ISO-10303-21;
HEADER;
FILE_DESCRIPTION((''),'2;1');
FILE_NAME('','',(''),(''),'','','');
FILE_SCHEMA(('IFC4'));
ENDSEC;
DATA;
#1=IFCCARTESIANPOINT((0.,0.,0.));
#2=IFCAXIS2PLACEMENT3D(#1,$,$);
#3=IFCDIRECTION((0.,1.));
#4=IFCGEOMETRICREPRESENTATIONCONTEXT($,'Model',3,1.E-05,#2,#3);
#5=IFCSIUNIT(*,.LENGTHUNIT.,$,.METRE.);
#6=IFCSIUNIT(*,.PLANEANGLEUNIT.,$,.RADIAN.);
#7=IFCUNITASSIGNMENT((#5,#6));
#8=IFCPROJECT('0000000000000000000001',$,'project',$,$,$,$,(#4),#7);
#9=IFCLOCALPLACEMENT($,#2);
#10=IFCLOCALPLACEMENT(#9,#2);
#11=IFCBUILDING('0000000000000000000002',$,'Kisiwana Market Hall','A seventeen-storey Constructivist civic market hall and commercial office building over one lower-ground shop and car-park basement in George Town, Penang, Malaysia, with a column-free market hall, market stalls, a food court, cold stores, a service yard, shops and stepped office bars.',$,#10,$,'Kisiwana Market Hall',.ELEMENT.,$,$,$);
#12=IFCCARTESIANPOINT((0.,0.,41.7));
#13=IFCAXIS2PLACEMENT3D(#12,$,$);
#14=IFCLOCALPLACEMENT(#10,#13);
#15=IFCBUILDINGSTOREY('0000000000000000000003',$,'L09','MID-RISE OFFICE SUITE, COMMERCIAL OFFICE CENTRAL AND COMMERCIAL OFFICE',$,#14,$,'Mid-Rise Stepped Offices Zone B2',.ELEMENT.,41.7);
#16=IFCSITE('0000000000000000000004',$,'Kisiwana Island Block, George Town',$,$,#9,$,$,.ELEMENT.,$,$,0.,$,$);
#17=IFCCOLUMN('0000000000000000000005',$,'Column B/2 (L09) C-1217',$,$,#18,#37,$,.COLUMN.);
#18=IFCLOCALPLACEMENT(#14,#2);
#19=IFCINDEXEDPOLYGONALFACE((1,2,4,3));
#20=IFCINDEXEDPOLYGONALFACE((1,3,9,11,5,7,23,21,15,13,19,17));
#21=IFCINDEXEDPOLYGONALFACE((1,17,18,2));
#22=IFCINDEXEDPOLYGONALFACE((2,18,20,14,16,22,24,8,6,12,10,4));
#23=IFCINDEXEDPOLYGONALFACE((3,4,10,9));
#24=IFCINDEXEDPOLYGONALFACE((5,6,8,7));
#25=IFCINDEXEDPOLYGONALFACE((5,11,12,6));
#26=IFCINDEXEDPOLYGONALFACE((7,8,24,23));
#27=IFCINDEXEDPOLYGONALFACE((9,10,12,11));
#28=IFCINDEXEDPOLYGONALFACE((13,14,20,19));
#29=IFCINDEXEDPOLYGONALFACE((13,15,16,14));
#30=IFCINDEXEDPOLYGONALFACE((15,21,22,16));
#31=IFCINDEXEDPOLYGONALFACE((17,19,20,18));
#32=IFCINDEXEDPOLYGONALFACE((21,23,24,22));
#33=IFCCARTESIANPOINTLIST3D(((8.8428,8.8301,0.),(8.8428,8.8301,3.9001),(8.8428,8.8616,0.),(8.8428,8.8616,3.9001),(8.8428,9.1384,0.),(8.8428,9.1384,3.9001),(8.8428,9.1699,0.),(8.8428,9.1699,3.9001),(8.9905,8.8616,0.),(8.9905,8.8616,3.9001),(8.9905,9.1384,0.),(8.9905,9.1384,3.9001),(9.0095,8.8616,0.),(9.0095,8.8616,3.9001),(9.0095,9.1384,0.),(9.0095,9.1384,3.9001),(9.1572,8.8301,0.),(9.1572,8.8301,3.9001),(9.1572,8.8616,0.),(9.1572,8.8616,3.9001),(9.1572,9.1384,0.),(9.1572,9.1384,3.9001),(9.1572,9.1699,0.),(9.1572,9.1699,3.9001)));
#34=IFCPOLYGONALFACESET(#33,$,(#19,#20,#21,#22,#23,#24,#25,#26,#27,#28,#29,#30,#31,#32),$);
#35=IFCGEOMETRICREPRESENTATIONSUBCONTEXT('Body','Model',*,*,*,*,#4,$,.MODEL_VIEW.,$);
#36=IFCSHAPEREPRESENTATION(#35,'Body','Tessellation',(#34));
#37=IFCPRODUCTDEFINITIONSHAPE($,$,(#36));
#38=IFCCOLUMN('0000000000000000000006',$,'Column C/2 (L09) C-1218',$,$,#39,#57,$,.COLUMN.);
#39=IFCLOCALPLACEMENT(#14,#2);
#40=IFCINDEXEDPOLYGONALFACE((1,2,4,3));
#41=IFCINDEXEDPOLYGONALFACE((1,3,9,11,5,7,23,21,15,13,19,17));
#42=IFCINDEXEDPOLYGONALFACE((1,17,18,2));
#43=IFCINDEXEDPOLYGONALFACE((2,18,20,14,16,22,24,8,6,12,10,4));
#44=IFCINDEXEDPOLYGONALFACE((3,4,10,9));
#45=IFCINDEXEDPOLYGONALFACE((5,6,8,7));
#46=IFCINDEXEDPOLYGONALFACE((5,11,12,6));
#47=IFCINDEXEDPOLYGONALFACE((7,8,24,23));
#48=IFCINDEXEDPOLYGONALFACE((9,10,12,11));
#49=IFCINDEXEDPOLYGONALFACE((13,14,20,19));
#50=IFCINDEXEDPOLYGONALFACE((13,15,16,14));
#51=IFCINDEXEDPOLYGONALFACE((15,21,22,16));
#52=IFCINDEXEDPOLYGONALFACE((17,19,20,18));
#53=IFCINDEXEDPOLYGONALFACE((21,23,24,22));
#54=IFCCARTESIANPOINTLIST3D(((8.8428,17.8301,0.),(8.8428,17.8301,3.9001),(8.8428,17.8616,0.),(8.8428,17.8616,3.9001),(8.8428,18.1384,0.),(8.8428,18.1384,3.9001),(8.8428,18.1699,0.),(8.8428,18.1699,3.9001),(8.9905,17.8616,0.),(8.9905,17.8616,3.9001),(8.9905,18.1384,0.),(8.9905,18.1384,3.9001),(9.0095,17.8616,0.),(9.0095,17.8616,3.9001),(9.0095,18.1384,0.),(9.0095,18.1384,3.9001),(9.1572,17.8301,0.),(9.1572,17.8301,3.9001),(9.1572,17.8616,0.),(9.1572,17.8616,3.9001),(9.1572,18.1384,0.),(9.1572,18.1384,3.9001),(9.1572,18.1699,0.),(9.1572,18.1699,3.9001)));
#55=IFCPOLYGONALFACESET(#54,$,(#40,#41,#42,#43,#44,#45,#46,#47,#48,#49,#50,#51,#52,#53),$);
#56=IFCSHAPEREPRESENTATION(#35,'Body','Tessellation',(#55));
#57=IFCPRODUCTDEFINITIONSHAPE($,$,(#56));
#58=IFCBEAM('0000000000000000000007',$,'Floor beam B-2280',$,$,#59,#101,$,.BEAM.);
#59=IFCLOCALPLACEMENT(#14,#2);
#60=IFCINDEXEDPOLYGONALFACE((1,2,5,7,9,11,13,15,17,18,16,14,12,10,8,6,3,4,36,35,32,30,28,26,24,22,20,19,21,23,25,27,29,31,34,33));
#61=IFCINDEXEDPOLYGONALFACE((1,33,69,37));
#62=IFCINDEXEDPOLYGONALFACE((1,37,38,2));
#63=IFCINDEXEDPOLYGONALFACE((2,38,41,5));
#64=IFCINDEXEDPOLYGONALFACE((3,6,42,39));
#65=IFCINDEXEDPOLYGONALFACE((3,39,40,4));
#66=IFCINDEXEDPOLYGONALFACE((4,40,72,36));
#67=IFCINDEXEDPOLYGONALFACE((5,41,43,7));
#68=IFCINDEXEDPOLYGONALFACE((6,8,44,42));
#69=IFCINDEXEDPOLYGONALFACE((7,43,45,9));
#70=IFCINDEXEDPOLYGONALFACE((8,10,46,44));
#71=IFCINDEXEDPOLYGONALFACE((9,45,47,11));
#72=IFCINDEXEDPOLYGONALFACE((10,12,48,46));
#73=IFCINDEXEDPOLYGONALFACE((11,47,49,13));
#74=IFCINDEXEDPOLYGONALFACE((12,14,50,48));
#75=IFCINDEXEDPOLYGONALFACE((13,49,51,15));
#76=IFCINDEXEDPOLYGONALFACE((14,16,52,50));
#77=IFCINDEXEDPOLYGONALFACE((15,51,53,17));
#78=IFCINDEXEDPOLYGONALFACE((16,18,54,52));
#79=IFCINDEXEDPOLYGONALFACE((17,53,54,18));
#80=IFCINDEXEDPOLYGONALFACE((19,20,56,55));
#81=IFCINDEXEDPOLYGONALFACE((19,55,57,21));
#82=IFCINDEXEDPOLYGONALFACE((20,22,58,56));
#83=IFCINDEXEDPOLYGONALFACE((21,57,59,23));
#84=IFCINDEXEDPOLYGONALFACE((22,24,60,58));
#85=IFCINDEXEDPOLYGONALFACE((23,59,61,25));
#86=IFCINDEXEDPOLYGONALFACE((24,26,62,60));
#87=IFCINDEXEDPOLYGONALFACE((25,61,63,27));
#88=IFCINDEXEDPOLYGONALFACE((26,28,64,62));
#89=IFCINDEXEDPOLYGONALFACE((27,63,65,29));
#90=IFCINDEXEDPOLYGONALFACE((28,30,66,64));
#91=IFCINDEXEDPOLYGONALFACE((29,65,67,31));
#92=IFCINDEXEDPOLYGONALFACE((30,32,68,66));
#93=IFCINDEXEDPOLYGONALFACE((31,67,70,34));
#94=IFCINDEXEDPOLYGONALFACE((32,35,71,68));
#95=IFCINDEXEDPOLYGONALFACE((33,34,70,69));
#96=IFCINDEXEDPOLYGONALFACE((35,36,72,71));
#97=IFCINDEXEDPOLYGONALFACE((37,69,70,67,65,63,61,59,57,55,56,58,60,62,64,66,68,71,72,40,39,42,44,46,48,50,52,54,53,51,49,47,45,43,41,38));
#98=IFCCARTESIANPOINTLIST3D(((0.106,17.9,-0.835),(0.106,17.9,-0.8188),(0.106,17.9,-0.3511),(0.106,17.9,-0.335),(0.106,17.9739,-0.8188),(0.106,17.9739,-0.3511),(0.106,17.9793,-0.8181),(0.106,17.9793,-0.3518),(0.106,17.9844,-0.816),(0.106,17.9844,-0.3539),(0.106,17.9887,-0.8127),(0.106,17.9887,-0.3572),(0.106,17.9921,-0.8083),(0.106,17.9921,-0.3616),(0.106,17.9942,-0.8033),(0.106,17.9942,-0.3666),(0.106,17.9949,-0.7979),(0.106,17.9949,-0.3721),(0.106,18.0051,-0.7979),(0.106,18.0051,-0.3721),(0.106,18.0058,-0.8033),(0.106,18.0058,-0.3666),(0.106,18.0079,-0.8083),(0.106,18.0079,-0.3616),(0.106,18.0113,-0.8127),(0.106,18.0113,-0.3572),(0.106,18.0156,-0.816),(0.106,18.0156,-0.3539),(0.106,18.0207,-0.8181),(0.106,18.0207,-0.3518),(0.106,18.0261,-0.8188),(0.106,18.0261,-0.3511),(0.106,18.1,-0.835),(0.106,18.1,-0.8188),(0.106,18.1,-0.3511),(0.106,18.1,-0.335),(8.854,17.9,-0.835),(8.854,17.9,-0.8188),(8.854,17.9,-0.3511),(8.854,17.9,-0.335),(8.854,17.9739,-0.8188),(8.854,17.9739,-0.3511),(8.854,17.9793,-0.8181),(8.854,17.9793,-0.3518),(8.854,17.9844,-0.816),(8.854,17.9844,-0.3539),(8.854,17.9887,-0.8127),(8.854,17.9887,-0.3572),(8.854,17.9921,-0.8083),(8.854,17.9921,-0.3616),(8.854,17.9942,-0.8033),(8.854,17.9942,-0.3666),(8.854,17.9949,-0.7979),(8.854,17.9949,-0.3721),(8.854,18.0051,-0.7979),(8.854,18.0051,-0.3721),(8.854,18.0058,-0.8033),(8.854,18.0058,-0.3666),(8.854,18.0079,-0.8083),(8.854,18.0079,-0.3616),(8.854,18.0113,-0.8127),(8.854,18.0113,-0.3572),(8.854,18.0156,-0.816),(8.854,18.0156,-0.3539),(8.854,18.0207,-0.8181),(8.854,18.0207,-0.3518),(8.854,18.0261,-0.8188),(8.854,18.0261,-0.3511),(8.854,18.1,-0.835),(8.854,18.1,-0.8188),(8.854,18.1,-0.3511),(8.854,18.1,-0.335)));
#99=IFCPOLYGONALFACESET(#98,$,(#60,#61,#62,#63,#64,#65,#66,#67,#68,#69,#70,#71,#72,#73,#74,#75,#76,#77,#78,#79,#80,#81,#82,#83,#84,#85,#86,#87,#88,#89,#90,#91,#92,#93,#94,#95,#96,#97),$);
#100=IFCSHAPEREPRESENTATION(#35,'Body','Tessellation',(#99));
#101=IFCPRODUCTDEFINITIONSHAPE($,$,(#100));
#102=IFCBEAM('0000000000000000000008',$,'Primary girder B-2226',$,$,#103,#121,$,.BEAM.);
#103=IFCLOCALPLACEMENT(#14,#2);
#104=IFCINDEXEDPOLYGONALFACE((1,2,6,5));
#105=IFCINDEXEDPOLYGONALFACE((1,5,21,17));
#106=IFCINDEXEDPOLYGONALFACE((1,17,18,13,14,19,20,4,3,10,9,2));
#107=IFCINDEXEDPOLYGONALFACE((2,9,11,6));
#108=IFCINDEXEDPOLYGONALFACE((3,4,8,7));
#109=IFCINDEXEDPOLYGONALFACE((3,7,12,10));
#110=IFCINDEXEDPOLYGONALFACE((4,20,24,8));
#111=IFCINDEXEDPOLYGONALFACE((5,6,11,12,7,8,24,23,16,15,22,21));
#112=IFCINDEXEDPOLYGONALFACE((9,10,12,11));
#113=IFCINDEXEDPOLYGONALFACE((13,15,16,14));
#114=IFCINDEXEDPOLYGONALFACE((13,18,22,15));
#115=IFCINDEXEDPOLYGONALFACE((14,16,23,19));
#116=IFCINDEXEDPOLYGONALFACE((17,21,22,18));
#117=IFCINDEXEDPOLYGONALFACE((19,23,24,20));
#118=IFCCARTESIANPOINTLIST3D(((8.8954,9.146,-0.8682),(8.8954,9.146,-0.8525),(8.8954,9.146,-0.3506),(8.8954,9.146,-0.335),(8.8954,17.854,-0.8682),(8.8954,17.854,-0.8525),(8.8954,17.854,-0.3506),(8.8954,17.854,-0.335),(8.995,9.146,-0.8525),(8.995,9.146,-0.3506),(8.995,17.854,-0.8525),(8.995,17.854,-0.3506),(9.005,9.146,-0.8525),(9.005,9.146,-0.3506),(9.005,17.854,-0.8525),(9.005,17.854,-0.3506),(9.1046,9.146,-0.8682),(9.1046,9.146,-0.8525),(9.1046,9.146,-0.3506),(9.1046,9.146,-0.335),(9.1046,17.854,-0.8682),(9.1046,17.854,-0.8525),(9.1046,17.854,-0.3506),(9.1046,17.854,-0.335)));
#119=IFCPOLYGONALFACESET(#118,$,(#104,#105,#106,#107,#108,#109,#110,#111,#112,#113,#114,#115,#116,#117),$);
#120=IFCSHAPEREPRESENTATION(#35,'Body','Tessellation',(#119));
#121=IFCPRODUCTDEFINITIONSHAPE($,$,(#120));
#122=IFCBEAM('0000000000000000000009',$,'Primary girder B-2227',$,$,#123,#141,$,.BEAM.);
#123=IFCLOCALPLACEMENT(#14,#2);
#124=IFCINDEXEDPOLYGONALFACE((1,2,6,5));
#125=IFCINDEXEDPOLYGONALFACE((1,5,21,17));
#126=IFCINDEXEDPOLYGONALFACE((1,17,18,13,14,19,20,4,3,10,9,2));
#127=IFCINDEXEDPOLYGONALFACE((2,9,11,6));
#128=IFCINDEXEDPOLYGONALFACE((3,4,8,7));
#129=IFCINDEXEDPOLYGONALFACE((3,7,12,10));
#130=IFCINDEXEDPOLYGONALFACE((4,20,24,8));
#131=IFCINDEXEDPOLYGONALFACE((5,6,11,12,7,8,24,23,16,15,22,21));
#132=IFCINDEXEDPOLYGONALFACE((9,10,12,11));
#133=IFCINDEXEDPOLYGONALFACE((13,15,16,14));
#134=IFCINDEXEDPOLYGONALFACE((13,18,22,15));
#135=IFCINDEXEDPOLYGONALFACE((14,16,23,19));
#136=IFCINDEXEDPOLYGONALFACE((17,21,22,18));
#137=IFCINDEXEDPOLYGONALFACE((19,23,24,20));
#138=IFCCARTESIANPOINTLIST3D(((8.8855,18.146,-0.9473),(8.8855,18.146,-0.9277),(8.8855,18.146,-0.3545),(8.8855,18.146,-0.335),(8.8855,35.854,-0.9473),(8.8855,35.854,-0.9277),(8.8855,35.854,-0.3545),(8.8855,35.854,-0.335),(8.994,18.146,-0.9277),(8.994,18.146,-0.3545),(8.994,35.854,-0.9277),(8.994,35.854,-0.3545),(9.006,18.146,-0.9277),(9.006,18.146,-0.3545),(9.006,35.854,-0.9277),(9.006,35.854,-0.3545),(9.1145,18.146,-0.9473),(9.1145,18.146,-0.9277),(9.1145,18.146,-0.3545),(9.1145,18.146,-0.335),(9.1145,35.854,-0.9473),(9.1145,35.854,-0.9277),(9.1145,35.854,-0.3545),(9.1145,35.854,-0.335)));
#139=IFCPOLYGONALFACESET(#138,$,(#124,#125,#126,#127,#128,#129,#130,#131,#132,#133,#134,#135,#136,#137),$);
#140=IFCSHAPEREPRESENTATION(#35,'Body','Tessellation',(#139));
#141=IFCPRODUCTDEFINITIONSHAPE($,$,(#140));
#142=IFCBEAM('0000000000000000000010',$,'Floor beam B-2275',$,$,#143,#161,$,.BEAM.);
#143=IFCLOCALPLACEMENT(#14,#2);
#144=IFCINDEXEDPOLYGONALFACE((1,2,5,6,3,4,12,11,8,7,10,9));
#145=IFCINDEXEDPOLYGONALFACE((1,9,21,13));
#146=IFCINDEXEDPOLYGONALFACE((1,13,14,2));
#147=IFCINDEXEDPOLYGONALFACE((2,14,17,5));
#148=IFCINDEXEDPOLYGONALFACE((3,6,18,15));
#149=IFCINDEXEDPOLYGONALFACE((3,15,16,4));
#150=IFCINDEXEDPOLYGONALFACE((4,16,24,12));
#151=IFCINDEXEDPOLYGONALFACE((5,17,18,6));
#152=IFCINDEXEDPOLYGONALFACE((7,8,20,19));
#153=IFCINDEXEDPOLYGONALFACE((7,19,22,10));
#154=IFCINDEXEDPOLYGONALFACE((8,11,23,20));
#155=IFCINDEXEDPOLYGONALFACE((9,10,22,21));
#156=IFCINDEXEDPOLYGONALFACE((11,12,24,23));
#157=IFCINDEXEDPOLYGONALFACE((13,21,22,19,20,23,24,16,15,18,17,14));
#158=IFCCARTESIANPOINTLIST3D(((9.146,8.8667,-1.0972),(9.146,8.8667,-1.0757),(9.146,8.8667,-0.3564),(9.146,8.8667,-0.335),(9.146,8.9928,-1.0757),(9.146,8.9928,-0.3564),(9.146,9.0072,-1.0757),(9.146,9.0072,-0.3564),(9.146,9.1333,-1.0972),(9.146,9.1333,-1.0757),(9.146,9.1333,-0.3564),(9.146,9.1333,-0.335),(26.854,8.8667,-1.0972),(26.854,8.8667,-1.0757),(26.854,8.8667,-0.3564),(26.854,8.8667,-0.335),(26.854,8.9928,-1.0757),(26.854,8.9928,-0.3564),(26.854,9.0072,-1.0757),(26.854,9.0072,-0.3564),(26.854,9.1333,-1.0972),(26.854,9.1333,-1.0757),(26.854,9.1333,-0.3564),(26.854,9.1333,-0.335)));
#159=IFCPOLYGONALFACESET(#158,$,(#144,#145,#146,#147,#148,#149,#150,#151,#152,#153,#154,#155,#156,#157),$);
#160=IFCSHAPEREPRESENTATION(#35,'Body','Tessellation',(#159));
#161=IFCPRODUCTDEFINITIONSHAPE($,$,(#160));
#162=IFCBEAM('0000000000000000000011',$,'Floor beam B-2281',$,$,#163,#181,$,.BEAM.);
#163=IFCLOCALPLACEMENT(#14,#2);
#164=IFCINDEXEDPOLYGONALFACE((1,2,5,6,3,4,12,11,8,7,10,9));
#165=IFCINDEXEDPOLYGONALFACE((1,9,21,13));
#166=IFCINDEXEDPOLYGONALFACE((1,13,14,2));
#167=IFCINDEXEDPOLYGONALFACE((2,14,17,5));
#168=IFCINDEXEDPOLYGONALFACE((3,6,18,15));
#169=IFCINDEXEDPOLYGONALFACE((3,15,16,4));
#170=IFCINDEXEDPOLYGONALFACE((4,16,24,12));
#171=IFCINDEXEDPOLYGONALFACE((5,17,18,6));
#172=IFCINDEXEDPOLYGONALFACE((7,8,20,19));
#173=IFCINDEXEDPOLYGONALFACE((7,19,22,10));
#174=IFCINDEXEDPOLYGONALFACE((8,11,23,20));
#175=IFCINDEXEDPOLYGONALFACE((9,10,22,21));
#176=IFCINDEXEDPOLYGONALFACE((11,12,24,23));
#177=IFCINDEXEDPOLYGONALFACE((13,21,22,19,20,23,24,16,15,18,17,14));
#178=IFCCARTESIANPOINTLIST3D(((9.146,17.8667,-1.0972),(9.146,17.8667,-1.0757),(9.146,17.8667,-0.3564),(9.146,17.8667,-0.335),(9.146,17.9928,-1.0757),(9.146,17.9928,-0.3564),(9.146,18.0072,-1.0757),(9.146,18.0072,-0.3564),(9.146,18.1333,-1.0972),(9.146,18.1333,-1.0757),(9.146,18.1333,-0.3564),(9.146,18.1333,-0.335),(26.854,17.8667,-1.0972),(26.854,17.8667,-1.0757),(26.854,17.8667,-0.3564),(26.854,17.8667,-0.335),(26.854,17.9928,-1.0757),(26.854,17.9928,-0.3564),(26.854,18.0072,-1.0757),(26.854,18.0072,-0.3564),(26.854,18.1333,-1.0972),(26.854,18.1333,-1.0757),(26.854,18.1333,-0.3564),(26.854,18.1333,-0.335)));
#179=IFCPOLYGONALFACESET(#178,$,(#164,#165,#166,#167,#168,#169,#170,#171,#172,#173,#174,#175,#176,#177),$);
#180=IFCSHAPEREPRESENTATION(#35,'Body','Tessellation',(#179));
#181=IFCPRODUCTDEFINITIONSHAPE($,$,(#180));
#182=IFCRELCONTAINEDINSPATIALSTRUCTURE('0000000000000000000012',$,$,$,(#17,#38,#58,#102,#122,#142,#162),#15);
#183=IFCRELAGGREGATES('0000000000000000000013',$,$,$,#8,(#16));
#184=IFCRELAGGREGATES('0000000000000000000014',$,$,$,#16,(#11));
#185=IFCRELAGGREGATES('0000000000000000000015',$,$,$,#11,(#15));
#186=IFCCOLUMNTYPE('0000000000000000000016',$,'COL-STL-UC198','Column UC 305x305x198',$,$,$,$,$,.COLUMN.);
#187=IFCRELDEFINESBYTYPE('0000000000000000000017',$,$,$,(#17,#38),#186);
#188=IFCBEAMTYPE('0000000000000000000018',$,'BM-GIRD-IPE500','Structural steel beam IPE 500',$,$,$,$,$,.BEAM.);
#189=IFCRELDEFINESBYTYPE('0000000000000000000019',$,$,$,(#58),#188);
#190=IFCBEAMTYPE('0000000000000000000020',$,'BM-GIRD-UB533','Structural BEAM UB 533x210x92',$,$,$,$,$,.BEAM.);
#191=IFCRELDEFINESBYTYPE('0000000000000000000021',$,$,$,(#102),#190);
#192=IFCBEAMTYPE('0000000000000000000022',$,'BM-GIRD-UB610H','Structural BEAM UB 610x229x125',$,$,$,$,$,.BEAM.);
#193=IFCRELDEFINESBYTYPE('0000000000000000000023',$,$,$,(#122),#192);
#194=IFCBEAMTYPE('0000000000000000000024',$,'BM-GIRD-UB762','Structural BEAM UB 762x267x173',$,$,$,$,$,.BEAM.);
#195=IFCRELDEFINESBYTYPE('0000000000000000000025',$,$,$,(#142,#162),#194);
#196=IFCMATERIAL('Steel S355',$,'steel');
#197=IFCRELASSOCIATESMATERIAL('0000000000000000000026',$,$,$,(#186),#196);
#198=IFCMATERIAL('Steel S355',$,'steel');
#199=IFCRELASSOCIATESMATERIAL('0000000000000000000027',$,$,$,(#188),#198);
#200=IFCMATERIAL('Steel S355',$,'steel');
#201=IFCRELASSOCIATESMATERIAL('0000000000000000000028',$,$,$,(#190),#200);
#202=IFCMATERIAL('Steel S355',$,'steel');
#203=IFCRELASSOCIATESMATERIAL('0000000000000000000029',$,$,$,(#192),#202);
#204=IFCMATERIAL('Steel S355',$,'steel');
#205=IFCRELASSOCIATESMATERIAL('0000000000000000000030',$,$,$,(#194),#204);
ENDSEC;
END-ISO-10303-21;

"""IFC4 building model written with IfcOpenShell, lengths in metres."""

from ifc_helpers import new_model, si_unit, direction, frame, origin, origin_2d, place, context, subcontext, project, spatial, i_section, extrude, material, material_profile, profile_set, type_object, element, save


model = new_model("IFC4")

# Units and contexts
model_context = context("Model", 3, precision=1e-05, world=origin(), true_north=direction((0.0, 1.0)))
body_context = subcontext(model_context, "Body", "Model", "MODEL_VIEW")
ifc_project = project(units=[si_unit("LENGTHUNIT", "METRE"), si_unit("PLANEANGLEUNIT", "RADIAN")], contexts=[model_context])

# Site, building, storey
site_placement = place(None, origin())
site = spatial("IfcSite", under=ifc_project, at=site_placement, Name="Kisiwana Island Block, George Town", CompositionType="ELEMENT", RefElevation=0.0)
building_placement = place(site_placement, origin())
building = spatial("IfcBuilding", under=site, at=building_placement, Name="Kisiwana Market Hall", Description="A seventeen-storey Constructivist civic market hall and commercial office building over one lower-ground shop and car-park basement in George Town, Penang, Malaysia, with a column-free market hall, market stalls, a food court, cold stores, a service yard, shops and stepped office bars.", LongName="Kisiwana Market Hall", CompositionType="ELEMENT")
storey_placement = place(building_placement, frame((0.0, 0.0, 41.7)))
storey = spatial("IfcBuildingStorey", under=building, at=storey_placement, Name="L09", Description="MID-RISE OFFICE SUITE, COMMERCIAL OFFICE CENTRAL AND COMMERCIAL OFFICE", LongName="Mid-Rise Stepped Offices Zone B2", CompositionType="ELEMENT", Elevation=41.7)

# Columns
ifc_material_1 = material(Name="Steel S355", Category="steel")
ifc_material_profile_1 = material_profile(ifc_material_1, i_section(OverallWidth=0.3145, OverallDepth=0.3398, WebThickness=0.019, FlangeThickness=0.0315, at=origin_2d()), Name="UC 305x305x198")
ifc_profile_set_1 = profile_set([ifc_material_profile_1], Name="Steel S355")
column_type = type_object("IfcColumnType", Name="COL-STL-UC198", Description="Column UC 305x305x198", PredefinedType="COLUMN", material=ifc_profile_set_1)
for number, where, z_axis, x_axis, name in (
    (1, (9.0, 9.0, 0.0), (0.0, 0.0, 1.0), (1.0, 0.0, 0.0), "Column B/2 (L09) C-1217"),
    (2, (9.0, 18.0, 0.0), (0.0, 0.0, 1.0), (1.0, 0.0, 0.0), "Column C/2 (L09) C-1218"),
):
    element("IfcColumn", number, at=place(storey_placement, frame(where, z_axis=z_axis, x_axis=x_axis)), inside=storey, type_object=column_type, Name=name, PredefinedType="COLUMN", context=body_context, shape_type="SweptSolid", body=[
        extrude(i_section(OverallWidth=0.3145, OverallDepth=0.3398, WebThickness=0.019, FlangeThickness=0.0315, at=origin_2d()), origin(), (0.0, 0.0, 1.0), 3.9001),
    ])

# Beams
ifc_material_2 = material(Name="Steel S355", Category="steel")
ifc_material_profile_2 = material_profile(ifc_material_2, i_section(OverallWidth=0.2, OverallDepth=0.5, WebThickness=0.0103, FlangeThickness=0.0161, FilletRadius=0.021, at=origin_2d()), Name="IPE 500")
ifc_profile_set_2 = profile_set([ifc_material_profile_2], Name="Steel S355")
beam_type_1 = type_object("IfcBeamType", Name="BM-GIRD-IPE500", Description="Structural steel beam IPE 500", PredefinedType="BEAM", material=ifc_profile_set_2)
beam_1_placement = place(storey_placement, frame((0.106, 18.0, -0.585), z_axis=(1.0, 0.0, 0.0), x_axis=(0.0, 1.0, 0.0)))
element("IfcBeam", 3, at=beam_1_placement, inside=storey, type_object=beam_type_1, Name="Floor beam B-2280", PredefinedType="BEAM", context=body_context, shape_type="SweptSolid", body=[
    extrude(i_section(OverallWidth=0.2, OverallDepth=0.5, WebThickness=0.0103, FlangeThickness=0.0161, FilletRadius=0.021, at=origin_2d()), origin(), (0.0, 0.0, 1.0), 8.748),
])
ifc_material_3 = material(Name="Steel S355", Category="steel")
ifc_material_profile_3 = material_profile(ifc_material_3, i_section(OverallWidth=0.2092, OverallDepth=0.5332, WebThickness=0.01, FlangeThickness=0.0156, at=origin_2d()), Name="UB 533x210x92")
ifc_profile_set_3 = profile_set([ifc_material_profile_3], Name="Steel S355")
beam_type_2 = type_object("IfcBeamType", Name="BM-GIRD-UB533", Description="Structural BEAM UB 533x210x92", PredefinedType="BEAM", material=ifc_profile_set_3)
beam_2_placement = place(storey_placement, frame((9.0, 9.146, -0.6016), z_axis=(0.0, 1.0, 0.0), x_axis=(-1.0, 0.0, 0.0)))
element("IfcBeam", 4, at=beam_2_placement, inside=storey, type_object=beam_type_2, Name="Primary girder B-2226", PredefinedType="BEAM", context=body_context, shape_type="SweptSolid", body=[
    extrude(i_section(OverallWidth=0.2092, OverallDepth=0.5332, WebThickness=0.01, FlangeThickness=0.0156, at=origin_2d()), origin(), (0.0, 0.0, 1.0), 8.708),
])
ifc_material_4 = material(Name="Steel S355", Category="steel")
ifc_material_profile_4 = material_profile(ifc_material_4, i_section(OverallWidth=0.229, OverallDepth=0.6123, WebThickness=0.012, FlangeThickness=0.0195, at=origin_2d()), Name="UB 610x229x125")
ifc_profile_set_4 = profile_set([ifc_material_profile_4], Name="Steel S355")
beam_type_3 = type_object("IfcBeamType", Name="BM-GIRD-UB610H", Description="Structural BEAM UB 610x229x125", PredefinedType="BEAM", material=ifc_profile_set_4)
beam_3_placement = place(storey_placement, frame((9.0, 18.146, -0.6411), z_axis=(0.0, 1.0, 0.0), x_axis=(-1.0, 0.0, 0.0)))
element("IfcBeam", 5, at=beam_3_placement, inside=storey, type_object=beam_type_3, Name="Primary girder B-2227", PredefinedType="BEAM", context=body_context, shape_type="SweptSolid", body=[
    extrude(i_section(OverallWidth=0.229, OverallDepth=0.6123, WebThickness=0.012, FlangeThickness=0.0195, at=origin_2d()), origin(), (0.0, 0.0, 1.0), 17.708),
])
ifc_material_5 = material(Name="Steel S355", Category="steel")
ifc_material_profile_5 = material_profile(ifc_material_5, i_section(OverallWidth=0.2666, OverallDepth=0.7622, WebThickness=0.0144, FlangeThickness=0.0215, at=origin_2d()), Name="UB 762x267x173")
ifc_profile_set_5 = profile_set([ifc_material_profile_5], Name="Steel S355")
beam_type_4 = type_object("IfcBeamType", Name="BM-GIRD-UB762", Description="Structural BEAM UB 762x267x173", PredefinedType="BEAM", material=ifc_profile_set_5)
for number, where, z_axis, x_axis, name in (
    (6, (9.146, 9.0, -0.7161), (1.0, 0.0, 0.0), (0.0, 1.0, 0.0), "Floor beam B-2275"),
    (7, (9.146, 18.0, -0.7161), (1.0, 0.0, 0.0), (0.0, 1.0, 0.0), "Floor beam B-2281"),
):
    element("IfcBeam", number, at=place(storey_placement, frame(where, z_axis=z_axis, x_axis=x_axis)), inside=storey, type_object=beam_type_4, Name=name, PredefinedType="BEAM", context=body_context, shape_type="SweptSolid", body=[
        extrude(i_section(OverallWidth=0.2666, OverallDepth=0.7622, WebThickness=0.0144, FlangeThickness=0.0215, at=origin_2d()), origin(), (0.0, 0.0, 1.0), 17.708),
    ])

save(model, "model.ifc")
